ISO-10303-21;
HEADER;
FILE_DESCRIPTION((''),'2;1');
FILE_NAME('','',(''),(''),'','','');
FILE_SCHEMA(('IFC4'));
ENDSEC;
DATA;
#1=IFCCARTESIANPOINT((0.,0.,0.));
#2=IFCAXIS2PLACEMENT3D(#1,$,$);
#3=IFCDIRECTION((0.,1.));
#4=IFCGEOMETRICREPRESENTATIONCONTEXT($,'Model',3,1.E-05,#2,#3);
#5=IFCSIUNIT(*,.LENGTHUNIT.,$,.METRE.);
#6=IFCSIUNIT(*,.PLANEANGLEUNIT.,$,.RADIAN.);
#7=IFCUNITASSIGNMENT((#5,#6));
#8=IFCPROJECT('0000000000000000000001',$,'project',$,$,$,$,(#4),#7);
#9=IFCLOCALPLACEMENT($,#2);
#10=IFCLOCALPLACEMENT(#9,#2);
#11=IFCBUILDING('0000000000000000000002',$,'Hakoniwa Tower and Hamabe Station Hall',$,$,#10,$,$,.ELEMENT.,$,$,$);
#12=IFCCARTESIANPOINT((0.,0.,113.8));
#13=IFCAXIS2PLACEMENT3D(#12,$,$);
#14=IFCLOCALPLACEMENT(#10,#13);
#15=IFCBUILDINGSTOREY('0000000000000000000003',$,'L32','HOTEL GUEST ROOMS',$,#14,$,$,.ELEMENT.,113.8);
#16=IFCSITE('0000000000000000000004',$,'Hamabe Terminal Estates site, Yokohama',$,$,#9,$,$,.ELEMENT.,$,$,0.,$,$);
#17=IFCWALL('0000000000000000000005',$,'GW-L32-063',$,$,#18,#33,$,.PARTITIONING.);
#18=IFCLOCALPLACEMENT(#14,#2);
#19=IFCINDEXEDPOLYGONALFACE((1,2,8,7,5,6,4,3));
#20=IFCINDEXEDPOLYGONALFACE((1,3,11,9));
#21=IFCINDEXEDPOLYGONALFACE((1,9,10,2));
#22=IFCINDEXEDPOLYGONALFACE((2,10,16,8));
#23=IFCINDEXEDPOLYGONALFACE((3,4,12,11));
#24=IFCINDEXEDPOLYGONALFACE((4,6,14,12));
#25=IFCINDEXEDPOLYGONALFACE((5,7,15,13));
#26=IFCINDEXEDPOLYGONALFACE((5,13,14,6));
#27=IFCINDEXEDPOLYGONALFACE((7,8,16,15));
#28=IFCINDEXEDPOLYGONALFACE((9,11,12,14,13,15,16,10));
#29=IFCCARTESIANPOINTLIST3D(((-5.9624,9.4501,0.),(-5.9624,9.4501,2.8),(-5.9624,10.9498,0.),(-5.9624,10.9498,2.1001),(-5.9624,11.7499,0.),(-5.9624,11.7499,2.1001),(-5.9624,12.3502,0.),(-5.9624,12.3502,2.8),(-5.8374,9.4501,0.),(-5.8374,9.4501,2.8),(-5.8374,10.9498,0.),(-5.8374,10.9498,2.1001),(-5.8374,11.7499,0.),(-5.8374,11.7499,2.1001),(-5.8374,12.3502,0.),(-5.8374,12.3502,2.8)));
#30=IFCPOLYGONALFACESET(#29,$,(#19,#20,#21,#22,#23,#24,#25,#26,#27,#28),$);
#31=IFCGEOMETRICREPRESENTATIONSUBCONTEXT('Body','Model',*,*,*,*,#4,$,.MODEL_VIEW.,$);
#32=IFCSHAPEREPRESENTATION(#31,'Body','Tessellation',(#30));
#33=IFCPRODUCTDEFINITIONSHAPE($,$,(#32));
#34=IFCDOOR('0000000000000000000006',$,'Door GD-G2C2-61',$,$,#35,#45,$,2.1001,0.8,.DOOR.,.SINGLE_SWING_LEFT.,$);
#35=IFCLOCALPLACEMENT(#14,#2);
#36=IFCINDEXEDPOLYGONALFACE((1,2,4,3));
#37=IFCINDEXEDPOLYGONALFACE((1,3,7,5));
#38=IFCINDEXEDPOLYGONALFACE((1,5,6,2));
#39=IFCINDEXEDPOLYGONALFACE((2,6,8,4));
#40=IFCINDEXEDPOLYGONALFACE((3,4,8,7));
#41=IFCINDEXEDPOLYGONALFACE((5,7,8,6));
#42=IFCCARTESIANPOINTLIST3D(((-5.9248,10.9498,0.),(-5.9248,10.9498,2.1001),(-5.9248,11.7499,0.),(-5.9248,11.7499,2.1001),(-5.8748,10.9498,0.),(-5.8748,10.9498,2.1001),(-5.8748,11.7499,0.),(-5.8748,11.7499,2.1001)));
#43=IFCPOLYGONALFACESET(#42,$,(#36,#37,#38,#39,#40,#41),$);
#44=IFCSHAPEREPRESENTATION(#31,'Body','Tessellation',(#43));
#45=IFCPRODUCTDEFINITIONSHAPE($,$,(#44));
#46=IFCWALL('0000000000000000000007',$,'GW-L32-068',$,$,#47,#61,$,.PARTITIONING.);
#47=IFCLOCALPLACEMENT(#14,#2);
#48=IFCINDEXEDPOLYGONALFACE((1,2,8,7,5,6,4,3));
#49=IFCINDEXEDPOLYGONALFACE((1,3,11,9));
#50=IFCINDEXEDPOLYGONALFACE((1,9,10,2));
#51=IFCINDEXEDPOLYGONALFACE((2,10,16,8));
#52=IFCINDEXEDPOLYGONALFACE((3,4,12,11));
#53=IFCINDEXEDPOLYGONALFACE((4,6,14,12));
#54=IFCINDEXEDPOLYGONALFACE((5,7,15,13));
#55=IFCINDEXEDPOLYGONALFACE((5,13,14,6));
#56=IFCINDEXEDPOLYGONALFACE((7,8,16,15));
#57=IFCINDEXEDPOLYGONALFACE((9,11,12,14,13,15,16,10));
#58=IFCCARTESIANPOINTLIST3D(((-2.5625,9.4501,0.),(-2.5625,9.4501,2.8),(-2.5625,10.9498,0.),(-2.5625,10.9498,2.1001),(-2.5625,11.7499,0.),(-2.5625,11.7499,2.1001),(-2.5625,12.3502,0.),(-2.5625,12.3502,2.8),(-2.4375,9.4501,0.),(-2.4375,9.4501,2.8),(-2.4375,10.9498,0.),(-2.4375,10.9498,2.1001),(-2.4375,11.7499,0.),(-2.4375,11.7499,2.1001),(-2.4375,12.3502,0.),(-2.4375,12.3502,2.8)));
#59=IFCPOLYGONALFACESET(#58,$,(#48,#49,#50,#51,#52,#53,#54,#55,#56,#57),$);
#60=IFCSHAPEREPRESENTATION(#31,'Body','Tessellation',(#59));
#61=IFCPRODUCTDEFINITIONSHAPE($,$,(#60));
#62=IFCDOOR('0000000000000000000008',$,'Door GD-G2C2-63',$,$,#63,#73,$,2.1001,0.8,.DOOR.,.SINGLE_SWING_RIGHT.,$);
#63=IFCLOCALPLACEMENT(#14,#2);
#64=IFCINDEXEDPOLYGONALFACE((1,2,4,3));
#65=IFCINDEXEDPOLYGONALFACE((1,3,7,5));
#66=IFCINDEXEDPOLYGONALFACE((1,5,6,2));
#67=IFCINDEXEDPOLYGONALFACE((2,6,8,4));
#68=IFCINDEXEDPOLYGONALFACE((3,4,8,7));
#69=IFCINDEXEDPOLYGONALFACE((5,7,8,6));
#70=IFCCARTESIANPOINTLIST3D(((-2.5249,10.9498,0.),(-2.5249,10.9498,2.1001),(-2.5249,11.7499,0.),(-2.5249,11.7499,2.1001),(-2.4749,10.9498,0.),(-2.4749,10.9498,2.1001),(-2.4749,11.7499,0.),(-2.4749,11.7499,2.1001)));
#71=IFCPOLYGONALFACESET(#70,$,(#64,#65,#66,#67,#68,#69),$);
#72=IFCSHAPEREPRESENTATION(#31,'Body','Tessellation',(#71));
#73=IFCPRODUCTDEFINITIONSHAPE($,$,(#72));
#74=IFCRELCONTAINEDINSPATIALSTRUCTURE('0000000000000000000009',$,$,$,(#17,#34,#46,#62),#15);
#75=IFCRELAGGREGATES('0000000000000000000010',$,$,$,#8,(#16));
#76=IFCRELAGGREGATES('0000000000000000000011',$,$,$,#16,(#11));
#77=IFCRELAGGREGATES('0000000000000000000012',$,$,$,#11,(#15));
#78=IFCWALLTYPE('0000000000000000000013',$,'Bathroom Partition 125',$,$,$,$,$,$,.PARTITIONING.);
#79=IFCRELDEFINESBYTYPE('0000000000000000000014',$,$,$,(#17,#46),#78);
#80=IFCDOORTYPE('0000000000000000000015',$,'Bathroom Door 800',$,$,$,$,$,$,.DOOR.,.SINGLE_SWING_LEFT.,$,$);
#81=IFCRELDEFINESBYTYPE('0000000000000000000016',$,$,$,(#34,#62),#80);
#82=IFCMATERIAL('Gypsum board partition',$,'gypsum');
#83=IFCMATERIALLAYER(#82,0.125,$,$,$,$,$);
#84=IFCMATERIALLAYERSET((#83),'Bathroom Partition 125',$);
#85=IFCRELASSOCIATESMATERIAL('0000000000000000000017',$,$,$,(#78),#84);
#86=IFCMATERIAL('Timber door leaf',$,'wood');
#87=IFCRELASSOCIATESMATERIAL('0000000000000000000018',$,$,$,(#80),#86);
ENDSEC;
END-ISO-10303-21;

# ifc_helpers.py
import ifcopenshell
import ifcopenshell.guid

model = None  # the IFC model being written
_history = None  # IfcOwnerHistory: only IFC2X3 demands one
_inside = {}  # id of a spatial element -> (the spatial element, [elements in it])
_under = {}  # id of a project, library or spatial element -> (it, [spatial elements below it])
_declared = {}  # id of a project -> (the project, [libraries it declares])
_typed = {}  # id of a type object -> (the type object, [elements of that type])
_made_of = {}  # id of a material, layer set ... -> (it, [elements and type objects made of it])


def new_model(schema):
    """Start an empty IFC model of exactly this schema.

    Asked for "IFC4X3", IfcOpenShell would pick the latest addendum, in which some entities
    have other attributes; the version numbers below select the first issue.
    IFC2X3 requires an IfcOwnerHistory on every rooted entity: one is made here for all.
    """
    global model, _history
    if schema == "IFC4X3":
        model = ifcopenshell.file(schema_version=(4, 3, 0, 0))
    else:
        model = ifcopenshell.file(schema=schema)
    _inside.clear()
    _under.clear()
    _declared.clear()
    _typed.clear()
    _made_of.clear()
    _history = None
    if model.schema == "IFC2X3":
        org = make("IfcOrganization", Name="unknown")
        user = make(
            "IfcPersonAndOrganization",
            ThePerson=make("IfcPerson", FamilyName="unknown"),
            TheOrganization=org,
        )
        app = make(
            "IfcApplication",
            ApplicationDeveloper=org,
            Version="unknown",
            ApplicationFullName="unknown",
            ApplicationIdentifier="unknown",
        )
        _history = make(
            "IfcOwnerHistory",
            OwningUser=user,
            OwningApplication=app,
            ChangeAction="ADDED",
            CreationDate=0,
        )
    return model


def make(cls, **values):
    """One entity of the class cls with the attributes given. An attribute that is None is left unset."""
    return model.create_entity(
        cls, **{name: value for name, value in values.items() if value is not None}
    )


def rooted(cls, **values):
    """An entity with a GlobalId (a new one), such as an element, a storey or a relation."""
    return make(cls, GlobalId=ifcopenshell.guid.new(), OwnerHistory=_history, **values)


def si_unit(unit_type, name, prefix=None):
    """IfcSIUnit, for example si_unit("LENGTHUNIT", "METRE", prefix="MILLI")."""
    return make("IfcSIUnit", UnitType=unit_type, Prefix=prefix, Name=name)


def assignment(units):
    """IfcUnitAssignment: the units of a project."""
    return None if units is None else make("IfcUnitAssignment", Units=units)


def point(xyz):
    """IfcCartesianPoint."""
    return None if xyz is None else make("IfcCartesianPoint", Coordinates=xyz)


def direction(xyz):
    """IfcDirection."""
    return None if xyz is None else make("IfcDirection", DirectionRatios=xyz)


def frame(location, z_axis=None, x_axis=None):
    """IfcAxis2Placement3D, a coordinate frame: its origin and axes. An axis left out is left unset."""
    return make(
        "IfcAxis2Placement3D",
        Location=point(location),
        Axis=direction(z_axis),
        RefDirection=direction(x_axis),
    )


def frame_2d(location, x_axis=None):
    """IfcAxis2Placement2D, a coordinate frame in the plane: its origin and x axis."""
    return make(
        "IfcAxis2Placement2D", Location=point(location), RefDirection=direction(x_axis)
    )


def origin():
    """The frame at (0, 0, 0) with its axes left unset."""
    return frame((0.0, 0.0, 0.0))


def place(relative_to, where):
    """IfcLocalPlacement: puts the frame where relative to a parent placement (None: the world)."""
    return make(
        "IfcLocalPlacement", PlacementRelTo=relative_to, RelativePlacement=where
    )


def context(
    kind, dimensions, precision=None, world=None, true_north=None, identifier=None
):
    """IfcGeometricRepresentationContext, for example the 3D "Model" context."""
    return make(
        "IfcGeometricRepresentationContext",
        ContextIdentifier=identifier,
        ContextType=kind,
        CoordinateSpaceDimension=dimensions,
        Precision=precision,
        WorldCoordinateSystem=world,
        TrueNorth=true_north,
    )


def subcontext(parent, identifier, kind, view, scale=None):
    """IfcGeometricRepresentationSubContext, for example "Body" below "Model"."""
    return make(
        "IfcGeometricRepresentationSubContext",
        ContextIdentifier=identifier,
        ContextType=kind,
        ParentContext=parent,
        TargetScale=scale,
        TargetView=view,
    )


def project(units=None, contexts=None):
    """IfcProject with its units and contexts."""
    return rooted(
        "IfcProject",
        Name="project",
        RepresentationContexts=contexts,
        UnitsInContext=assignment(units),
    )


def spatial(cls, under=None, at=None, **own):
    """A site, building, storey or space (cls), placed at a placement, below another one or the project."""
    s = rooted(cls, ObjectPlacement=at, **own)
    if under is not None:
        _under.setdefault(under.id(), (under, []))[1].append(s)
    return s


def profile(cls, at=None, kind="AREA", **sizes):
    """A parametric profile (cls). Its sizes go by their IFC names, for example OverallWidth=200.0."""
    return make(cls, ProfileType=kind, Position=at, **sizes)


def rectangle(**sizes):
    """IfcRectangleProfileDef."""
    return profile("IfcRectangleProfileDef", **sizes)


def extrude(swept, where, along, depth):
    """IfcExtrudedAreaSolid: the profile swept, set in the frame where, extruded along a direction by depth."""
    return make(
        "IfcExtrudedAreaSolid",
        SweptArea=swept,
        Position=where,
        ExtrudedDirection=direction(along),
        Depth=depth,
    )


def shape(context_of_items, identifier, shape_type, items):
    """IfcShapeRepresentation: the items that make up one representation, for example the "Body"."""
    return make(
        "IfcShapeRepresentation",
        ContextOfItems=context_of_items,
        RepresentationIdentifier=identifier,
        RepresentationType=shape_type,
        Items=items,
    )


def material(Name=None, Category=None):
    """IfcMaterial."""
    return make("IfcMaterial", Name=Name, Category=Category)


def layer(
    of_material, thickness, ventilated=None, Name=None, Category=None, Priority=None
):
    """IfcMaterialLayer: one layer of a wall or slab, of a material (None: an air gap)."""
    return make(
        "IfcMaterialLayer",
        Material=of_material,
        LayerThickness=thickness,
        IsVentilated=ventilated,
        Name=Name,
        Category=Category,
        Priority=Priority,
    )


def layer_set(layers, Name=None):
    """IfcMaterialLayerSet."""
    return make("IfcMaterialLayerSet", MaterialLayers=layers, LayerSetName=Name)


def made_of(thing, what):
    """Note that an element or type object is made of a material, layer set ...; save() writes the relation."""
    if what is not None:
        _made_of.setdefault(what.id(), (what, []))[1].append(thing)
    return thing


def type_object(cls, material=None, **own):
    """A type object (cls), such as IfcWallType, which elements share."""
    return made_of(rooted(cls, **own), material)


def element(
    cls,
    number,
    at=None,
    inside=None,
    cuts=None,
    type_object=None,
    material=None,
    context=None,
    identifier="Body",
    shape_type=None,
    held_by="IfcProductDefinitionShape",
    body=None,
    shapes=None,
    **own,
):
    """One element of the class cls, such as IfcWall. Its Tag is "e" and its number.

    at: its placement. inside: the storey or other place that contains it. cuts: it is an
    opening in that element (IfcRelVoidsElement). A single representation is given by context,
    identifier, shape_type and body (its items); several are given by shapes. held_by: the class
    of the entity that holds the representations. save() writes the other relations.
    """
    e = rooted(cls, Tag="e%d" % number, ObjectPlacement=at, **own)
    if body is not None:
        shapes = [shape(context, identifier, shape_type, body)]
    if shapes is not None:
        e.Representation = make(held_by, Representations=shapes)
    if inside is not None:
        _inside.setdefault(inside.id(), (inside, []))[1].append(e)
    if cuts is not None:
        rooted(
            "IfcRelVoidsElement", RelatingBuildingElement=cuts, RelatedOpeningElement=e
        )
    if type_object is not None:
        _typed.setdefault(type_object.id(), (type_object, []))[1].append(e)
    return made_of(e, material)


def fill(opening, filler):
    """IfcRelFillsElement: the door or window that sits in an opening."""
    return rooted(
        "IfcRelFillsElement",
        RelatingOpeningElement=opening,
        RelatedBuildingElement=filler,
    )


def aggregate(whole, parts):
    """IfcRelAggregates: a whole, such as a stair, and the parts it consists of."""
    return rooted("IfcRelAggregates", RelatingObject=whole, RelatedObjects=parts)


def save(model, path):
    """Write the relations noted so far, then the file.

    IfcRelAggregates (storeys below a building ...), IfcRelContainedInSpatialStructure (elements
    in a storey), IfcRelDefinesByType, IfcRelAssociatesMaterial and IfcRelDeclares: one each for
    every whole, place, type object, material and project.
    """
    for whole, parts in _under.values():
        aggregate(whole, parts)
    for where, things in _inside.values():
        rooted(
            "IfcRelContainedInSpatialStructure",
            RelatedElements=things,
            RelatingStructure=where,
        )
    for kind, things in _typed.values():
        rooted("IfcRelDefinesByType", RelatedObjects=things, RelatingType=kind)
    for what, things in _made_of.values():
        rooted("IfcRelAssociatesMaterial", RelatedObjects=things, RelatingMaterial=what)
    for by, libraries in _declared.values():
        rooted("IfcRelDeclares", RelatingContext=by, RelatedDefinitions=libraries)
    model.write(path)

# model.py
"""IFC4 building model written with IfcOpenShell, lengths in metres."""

from ifc_helpers import new_model, si_unit, direction, frame, frame_2d, origin, place, context, subcontext, project, spatial, rectangle, extrude, material, layer, layer_set, type_object, element, fill, save


model = new_model("IFC4")

# Units and contexts
model_context = context("Model", 3, precision=1e-05, world=origin(), true_north=direction((0.0, 1.0)))
body_context = subcontext(model_context, "Body", "Model", "MODEL_VIEW")
ifc_project = project(units=[si_unit("LENGTHUNIT", "METRE"), si_unit("PLANEANGLEUNIT", "RADIAN")], contexts=[model_context])

# Site, building, storey
site_placement = place(None, origin())
site = spatial("IfcSite", under=ifc_project, at=site_placement, Name="Hamabe Terminal Estates site, Yokohama", CompositionType="ELEMENT", RefElevation=0.0)
building_placement = place(site_placement, origin())
building = spatial("IfcBuilding", under=site, at=building_placement, Name="Hakoniwa Tower and Hamabe Station Hall", CompositionType="ELEMENT")
storey_placement = place(building_placement, frame((0.0, 0.0, 113.8)))
storey = spatial("IfcBuildingStorey", under=building, at=storey_placement, Name="L32", Description="HOTEL GUEST ROOMS", CompositionType="ELEMENT", Elevation=113.8)

# Shared definitions
ifc_material_1 = material(Name="Gypsum board partition", Category="gypsum")
ifc_layer_1 = layer(ifc_material_1, 0.125)
ifc_layer_set_1 = layer_set([ifc_layer_1], Name="Bathroom Partition 125")
wall_type_1 = type_object("IfcWallType", Name="Bathroom Partition 125", PredefinedType="PARTITIONING", material=ifc_layer_set_1)

# Shared definitions
ifc_material_2 = material(Name="Timber door leaf", Category="wood")
door_type_1 = type_object("IfcDoorType", Name="Bathroom Door 800", OperationType="SINGLE_SWING_LEFT", PredefinedType="DOOR", material=ifc_material_2)

# Walls, openings, doors
wall_1_placement = place(storey_placement, frame((-5.8999, 9.45, 0.0), z_axis=(0.0, 0.0, 1.0), x_axis=(0.0, 1.0, 0.0)))
wall_1 = element("IfcWall", 1, at=wall_1_placement, inside=storey, type_object=wall_type_1, Name="GW-L32-063", PredefinedType="PARTITIONING", context=body_context, shape_type="SweptSolid", body=[
    extrude(rectangle(XDim=2.9001, YDim=0.125, at=frame_2d((1.4502, 0.0))), origin(), (0.0, 0.0, 1.0), 2.8),
])
opening_1_placement = place(wall_1_placement, frame((1.5, 0.0, 0.0)))
opening_1 = element("IfcOpeningElement", 2, at=opening_1_placement, cuts=wall_1, PredefinedType="OPENING", context=body_context, shape_type="SweptSolid", body=[
    extrude(rectangle(XDim=0.8, YDim=2.1001, at=frame_2d((0.3999, 1.05))), frame((0.0, 0.0725, 0.0), z_axis=(0.0, -1.0, 0.0), x_axis=(1.0, 0.0, 0.0)), (0.0, 0.0, 1.0), 0.145),
])
door_1_placement = place(opening_1_placement, origin())
door_1 = element("IfcDoor", 3, at=door_1_placement, inside=storey, type_object=door_type_1, Name="Door GD-G2C2-61", OperationType="SINGLE_SWING_LEFT", OverallHeight=2.1001, OverallWidth=0.8, PredefinedType="DOOR", context=body_context, shape_type="SweptSolid", body=[
    extrude(rectangle(XDim=0.8, YDim=2.1001, at=frame_2d((0.3999, 1.05))), frame((0.0, 0.0249, 0.0), z_axis=(0.0, -1.0, 0.0), x_axis=(1.0, 0.0, 0.0)), (0.0, 0.0, 1.0), 0.05),
])
fill(opening_1, door_1)
wall_2_placement = place(storey_placement, frame((-2.5, 9.45, 0.0), z_axis=(0.0, 0.0, 1.0), x_axis=(0.0, 1.0, 0.0)))
wall_2 = element("IfcWall", 4, at=wall_2_placement, inside=storey, type_object=wall_type_1, Name="GW-L32-068", PredefinedType="PARTITIONING", context=body_context, shape_type="SweptSolid", body=[
    extrude(rectangle(XDim=2.9001, YDim=0.125, at=frame_2d((1.4502, 0.0))), origin(), (0.0, 0.0, 1.0), 2.8),
])
opening_2_placement = place(wall_2_placement, frame((1.5, 0.0, 0.0)))
opening_2 = element("IfcOpeningElement", 5, at=opening_2_placement, cuts=wall_2, PredefinedType="OPENING", context=body_context, shape_type="SweptSolid", body=[
    extrude(rectangle(XDim=0.8, YDim=2.1001, at=frame_2d((0.3999, 1.05))), frame((0.0, 0.0725, 0.0), z_axis=(0.0, -1.0, 0.0), x_axis=(1.0, 0.0, 0.0)), (0.0, 0.0, 1.0), 0.145),
])
door_2_placement = place(opening_2_placement, origin())
door_2 = element("IfcDoor", 6, at=door_2_placement, inside=storey, type_object=door_type_1, Name="Door GD-G2C2-63", OperationType="SINGLE_SWING_RIGHT", OverallHeight=2.1001, OverallWidth=0.8, PredefinedType="DOOR", context=body_context, shape_type="SweptSolid", body=[
    extrude(rectangle(XDim=0.8, YDim=2.1001, at=frame_2d((0.3999, 1.05))), frame((0.0, 0.0249, 0.0), z_axis=(0.0, -1.0, 0.0), x_axis=(1.0, 0.0, 0.0)), (0.0, 0.0, 1.0), 0.05),
])
fill(opening_2, door_2)

save(model, "model.ifc")
